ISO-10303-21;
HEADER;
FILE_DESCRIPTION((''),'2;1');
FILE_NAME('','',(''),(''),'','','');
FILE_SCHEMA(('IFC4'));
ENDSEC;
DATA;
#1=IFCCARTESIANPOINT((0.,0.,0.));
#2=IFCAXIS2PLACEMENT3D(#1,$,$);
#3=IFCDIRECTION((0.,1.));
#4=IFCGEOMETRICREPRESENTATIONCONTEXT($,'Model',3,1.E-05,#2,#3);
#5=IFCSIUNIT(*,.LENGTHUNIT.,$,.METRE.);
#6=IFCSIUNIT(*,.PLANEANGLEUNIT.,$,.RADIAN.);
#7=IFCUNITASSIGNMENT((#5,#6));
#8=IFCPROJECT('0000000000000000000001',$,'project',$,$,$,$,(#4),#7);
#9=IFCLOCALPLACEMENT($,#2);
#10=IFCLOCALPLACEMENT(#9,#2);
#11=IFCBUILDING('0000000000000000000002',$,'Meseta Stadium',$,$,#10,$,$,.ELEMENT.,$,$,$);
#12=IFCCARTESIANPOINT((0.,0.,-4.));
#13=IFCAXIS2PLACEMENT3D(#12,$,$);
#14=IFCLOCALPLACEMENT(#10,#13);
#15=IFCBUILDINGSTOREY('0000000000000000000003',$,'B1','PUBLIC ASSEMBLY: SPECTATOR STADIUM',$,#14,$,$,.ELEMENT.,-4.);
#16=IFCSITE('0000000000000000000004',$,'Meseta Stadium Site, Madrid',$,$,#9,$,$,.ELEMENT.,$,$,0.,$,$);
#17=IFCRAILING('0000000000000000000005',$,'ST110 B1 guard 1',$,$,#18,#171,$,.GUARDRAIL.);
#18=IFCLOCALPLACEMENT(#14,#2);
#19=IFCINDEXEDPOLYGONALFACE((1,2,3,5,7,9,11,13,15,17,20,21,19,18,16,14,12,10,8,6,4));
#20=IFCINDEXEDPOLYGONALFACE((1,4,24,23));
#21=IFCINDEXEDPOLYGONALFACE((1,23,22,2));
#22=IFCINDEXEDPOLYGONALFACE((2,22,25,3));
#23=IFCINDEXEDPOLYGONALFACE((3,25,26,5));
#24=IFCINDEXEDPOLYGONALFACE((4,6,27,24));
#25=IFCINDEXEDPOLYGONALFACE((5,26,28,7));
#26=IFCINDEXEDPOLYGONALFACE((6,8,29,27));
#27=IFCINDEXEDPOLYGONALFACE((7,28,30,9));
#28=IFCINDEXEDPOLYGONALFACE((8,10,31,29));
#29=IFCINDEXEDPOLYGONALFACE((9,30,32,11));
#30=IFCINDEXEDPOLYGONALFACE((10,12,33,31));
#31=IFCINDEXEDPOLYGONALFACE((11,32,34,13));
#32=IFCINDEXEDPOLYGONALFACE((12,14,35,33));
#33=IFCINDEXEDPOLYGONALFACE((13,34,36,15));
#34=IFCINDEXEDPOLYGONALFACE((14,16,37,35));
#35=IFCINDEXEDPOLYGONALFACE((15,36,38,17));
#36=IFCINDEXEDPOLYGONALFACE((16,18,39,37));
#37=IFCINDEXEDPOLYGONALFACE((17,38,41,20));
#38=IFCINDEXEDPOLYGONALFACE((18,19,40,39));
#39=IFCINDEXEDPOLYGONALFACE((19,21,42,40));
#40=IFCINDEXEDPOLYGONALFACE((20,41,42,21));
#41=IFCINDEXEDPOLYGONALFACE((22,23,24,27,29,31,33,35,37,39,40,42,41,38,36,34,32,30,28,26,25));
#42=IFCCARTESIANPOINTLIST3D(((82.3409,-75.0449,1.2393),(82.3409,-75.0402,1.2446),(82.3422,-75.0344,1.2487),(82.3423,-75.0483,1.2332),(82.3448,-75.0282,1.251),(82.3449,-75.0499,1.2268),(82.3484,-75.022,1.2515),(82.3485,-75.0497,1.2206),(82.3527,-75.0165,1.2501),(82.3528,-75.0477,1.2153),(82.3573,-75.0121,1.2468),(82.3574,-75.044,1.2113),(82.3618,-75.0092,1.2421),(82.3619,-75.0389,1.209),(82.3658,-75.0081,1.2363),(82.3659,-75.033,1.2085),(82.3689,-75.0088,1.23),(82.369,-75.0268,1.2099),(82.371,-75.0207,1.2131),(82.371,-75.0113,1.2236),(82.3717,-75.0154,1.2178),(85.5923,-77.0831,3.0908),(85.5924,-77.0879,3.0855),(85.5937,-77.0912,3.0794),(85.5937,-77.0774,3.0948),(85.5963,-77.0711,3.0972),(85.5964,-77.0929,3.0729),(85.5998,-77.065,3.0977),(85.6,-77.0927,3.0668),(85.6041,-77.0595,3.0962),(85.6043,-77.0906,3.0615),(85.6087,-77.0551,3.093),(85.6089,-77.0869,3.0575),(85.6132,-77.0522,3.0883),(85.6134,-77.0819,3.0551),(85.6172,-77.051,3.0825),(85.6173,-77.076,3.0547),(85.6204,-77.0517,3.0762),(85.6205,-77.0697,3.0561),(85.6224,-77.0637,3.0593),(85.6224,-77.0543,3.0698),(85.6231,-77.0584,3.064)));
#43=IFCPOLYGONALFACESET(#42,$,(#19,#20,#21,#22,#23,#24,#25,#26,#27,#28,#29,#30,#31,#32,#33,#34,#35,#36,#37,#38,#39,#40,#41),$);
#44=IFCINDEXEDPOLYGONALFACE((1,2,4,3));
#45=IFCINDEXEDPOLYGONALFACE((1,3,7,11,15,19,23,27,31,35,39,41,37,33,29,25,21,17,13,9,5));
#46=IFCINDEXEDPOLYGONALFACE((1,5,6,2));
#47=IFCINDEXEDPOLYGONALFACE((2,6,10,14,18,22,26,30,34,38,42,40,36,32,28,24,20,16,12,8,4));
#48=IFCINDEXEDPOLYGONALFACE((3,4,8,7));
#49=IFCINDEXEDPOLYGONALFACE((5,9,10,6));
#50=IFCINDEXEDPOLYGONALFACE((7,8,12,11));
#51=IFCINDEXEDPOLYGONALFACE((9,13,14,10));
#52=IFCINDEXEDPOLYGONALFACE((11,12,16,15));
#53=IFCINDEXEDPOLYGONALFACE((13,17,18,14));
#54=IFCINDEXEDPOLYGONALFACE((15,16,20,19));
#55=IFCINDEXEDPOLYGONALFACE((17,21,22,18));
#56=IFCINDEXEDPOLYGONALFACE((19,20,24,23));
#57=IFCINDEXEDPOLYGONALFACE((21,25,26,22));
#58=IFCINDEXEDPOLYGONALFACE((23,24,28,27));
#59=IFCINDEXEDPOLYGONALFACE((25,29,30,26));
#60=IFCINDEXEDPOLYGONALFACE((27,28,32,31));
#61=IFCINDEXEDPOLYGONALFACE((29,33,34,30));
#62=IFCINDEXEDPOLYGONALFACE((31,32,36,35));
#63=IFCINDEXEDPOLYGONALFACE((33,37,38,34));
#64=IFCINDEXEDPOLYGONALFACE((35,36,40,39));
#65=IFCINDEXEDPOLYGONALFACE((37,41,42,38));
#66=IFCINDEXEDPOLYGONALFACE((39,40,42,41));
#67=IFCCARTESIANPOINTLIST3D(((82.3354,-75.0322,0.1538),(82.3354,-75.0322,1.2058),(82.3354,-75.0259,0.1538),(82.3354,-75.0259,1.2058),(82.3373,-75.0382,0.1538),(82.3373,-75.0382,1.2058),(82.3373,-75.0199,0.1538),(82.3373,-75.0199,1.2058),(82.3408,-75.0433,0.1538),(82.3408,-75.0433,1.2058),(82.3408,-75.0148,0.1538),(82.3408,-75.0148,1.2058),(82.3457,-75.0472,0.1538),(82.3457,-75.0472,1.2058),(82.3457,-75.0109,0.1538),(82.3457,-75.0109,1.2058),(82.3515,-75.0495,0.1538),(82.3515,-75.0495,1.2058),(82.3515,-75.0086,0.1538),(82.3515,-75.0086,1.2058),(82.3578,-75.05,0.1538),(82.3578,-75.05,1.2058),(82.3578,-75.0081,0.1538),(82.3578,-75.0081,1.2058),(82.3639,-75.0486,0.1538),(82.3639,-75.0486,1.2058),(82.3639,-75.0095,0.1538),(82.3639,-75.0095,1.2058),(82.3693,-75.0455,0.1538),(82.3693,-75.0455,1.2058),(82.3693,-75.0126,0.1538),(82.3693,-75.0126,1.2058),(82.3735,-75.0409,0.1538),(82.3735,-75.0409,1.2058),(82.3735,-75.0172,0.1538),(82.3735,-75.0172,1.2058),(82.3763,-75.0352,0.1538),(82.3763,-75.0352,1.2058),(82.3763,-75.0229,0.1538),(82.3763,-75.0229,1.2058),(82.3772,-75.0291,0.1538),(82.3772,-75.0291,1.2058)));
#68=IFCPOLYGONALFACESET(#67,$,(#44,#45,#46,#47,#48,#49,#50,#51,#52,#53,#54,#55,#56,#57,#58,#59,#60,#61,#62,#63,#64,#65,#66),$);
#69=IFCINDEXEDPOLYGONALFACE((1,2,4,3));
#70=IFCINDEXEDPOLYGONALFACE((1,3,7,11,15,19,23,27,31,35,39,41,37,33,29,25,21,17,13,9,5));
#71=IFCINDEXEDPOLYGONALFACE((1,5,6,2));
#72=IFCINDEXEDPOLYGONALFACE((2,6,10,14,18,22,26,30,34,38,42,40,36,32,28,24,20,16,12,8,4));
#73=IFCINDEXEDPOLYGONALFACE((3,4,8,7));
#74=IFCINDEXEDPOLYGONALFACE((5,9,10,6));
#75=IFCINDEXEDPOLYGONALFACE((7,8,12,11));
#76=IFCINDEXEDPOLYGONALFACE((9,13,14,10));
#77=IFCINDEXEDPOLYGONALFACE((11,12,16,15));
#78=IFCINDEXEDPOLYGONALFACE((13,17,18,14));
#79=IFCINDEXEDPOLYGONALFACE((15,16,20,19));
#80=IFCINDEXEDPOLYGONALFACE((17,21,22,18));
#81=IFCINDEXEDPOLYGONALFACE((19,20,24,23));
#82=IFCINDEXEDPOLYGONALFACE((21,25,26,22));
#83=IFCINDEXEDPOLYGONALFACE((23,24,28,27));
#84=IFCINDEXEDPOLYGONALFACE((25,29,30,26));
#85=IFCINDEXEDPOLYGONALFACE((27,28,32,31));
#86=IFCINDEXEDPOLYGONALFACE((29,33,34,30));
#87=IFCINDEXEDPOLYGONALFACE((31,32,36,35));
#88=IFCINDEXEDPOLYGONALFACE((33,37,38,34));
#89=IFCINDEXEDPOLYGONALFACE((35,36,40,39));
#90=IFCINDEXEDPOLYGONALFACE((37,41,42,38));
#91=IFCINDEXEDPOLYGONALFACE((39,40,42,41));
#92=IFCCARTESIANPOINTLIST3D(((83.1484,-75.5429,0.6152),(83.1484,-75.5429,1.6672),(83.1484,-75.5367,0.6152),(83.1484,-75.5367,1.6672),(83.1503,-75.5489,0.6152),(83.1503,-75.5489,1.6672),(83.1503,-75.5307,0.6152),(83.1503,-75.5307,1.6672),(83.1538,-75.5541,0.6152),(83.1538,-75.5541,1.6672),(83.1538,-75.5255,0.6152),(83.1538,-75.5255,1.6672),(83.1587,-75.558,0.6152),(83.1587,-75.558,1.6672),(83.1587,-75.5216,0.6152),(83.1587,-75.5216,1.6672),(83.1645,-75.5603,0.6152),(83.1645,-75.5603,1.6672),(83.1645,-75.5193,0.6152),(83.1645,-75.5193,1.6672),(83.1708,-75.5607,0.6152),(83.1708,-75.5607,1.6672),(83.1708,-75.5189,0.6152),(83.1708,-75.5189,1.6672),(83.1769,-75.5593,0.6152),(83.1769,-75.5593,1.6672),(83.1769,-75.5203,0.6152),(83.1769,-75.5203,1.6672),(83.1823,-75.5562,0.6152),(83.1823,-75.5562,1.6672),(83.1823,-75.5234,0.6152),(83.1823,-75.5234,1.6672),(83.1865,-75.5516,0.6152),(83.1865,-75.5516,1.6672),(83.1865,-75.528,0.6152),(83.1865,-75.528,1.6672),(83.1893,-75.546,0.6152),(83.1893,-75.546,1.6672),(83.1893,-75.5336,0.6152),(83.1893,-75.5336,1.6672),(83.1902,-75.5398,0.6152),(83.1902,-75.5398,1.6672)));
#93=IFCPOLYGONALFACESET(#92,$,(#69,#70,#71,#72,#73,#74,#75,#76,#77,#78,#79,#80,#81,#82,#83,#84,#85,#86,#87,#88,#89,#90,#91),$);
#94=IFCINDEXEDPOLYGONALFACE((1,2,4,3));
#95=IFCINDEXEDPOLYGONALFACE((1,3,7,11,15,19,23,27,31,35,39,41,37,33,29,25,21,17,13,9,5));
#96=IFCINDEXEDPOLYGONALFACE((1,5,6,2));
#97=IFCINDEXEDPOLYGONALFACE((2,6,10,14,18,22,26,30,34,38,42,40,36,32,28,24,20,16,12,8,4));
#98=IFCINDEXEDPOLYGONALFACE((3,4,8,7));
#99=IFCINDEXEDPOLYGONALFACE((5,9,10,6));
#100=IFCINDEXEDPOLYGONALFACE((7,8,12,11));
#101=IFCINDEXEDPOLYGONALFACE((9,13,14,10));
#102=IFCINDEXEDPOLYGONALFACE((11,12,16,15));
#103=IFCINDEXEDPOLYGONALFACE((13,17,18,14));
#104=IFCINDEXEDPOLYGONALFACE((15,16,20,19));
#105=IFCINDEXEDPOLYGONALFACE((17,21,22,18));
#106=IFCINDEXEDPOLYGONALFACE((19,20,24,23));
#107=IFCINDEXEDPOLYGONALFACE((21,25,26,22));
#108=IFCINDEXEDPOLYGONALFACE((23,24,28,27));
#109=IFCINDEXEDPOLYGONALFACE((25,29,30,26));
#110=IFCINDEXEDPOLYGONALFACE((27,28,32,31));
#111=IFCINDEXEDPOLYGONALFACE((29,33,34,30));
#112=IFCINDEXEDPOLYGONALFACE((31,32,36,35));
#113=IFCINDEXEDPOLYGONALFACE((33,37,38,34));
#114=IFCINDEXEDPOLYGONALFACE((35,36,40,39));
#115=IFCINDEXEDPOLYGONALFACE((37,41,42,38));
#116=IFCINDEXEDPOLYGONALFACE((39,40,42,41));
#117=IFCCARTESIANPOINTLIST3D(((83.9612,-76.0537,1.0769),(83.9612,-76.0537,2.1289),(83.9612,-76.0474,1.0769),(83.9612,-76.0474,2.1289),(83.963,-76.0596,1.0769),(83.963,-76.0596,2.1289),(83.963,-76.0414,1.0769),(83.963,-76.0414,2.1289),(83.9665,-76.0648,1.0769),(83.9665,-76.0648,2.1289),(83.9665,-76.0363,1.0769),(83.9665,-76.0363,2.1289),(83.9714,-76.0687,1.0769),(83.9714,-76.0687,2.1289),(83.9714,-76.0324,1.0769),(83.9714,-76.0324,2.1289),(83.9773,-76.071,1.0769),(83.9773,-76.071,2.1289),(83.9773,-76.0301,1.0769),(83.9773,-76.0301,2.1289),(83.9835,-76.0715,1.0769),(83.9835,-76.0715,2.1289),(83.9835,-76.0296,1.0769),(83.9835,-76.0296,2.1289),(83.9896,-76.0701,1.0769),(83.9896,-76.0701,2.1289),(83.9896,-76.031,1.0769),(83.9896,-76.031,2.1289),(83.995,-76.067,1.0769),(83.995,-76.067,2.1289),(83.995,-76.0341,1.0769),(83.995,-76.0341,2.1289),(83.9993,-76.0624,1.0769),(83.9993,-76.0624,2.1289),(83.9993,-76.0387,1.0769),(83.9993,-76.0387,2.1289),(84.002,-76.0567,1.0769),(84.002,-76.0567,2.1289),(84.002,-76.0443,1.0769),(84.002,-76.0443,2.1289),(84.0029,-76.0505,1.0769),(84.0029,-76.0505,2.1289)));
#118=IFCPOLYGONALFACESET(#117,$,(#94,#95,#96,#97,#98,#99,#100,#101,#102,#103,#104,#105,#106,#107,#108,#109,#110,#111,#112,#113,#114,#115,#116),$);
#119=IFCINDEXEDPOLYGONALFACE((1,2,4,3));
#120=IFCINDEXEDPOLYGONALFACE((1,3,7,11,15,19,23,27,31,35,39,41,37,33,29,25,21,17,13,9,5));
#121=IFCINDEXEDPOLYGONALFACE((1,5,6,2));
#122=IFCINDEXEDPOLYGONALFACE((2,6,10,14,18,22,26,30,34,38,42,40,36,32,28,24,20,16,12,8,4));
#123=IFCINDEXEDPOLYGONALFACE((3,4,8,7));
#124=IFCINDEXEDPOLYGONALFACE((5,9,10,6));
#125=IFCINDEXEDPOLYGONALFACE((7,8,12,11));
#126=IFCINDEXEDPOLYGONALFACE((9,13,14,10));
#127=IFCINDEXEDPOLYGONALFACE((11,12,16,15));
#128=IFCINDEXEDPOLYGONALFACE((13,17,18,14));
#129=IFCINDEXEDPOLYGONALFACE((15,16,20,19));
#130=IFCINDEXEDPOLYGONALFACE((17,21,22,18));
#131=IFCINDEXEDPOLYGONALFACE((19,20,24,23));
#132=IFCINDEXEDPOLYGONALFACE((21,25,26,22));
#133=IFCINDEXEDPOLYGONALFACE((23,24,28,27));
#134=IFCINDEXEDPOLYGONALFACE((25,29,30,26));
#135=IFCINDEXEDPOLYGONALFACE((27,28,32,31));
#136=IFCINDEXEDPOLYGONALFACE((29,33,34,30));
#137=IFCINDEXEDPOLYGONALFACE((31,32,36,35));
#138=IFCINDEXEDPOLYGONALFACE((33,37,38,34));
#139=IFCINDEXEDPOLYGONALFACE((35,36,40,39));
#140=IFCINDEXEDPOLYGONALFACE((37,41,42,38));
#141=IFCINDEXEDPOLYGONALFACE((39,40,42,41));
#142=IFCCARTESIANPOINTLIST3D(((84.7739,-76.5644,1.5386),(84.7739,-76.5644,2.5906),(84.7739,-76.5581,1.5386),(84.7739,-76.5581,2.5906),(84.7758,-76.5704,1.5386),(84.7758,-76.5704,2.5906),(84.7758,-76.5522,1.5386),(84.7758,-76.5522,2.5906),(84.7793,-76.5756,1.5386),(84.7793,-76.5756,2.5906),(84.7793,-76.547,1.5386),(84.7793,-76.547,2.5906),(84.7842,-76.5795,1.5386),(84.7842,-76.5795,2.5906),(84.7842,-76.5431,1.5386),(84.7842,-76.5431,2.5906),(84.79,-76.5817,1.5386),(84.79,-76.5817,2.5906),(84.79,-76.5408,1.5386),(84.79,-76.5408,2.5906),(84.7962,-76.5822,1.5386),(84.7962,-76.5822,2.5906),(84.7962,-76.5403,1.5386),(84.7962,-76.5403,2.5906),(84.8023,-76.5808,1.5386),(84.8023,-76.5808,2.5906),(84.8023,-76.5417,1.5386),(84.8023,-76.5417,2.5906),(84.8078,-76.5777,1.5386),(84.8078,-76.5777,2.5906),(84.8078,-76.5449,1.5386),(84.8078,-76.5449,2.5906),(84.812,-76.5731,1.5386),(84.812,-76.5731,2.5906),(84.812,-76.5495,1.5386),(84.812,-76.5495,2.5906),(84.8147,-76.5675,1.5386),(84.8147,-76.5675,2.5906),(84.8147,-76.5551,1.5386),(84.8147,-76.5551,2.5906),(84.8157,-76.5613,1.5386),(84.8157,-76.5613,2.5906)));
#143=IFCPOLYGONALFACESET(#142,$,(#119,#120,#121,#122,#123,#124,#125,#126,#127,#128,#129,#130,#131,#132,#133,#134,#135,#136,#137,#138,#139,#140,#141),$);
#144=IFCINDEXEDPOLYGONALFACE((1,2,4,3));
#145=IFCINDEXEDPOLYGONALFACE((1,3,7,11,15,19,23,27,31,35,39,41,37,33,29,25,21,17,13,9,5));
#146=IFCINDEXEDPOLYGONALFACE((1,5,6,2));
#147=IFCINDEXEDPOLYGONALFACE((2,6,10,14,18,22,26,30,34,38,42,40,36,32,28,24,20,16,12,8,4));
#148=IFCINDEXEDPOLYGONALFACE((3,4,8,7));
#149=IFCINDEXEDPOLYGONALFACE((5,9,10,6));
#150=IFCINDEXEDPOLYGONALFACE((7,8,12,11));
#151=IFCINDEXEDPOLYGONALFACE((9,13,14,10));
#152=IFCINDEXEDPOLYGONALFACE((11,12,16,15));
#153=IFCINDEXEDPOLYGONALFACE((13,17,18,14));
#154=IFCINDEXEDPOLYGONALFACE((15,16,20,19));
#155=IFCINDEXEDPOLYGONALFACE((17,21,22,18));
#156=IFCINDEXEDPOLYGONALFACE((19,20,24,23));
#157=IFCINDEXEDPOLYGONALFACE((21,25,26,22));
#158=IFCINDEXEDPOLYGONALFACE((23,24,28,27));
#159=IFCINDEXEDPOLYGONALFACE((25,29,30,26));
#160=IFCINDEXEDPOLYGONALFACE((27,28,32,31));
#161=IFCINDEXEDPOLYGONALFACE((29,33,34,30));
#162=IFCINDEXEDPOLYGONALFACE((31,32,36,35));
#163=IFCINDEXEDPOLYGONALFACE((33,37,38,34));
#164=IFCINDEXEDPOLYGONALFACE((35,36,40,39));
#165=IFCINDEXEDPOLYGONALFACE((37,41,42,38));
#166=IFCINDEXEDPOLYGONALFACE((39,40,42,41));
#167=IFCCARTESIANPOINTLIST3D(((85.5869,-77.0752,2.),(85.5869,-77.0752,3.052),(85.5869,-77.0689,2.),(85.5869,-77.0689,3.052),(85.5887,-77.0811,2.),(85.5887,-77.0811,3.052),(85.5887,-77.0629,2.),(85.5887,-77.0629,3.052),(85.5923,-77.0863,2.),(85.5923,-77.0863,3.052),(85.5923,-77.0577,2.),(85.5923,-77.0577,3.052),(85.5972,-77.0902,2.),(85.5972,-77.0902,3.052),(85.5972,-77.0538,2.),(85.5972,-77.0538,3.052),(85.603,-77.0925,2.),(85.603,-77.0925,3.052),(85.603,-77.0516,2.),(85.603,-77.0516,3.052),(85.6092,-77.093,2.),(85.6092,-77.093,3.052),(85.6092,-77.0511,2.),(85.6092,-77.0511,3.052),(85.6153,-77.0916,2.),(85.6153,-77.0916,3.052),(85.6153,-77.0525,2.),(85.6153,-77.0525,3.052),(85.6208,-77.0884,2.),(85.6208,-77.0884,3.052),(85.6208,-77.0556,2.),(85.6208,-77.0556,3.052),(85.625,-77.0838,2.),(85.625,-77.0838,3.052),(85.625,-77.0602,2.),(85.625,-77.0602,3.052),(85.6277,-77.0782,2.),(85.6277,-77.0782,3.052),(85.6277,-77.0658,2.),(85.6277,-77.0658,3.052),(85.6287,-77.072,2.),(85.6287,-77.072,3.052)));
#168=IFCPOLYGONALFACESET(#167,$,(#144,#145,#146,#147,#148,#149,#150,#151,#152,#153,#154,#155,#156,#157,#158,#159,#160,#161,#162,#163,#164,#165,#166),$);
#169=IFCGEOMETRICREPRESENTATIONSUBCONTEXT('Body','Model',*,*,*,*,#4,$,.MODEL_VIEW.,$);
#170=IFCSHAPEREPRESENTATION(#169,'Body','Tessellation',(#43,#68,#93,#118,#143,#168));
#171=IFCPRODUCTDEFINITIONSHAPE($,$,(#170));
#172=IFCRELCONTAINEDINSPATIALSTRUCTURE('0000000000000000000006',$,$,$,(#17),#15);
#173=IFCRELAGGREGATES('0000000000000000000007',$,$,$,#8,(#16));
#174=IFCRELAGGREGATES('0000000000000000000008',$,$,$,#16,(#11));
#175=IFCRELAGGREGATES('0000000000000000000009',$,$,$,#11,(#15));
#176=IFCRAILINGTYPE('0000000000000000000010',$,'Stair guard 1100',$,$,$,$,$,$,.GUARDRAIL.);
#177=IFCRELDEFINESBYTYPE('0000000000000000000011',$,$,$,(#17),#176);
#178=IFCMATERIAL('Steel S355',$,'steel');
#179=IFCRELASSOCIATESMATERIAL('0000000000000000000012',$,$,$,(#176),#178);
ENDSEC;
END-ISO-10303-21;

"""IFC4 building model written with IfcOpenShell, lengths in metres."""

from ifc_helpers import new_model, si_unit, direction, frame, origin, origin_2d, place, context, subcontext, project, spatial, circle, extrude, material, type_object, element, save


model = new_model("IFC4")

# Units and contexts
model_context = context("Model", 3, precision=1e-05, world=origin(), true_north=direction((0.0, 1.0)))
body_context = subcontext(model_context, "Body", "Model", "MODEL_VIEW")
ifc_project = project(units=[si_unit("LENGTHUNIT", "METRE"), si_unit("PLANEANGLEUNIT", "RADIAN")], contexts=[model_context])

# Site, building, storey
site_placement = place(None, origin())
site = spatial("IfcSite", under=ifc_project, at=site_placement, Name="Meseta Stadium Site, Madrid", CompositionType="ELEMENT", RefElevation=0.0)
building_placement = place(site_placement, origin())
building = spatial("IfcBuilding", under=site, at=building_placement, Name="Meseta Stadium", CompositionType="ELEMENT")
storey_placement = place(building_placement, frame((0.0, 0.0, -4.0)))
storey = spatial("IfcBuildingStorey", under=building, at=storey_placement, Name="B1", Description="PUBLIC ASSEMBLY: SPECTATOR STADIUM", CompositionType="ELEMENT", Elevation=-4.0)

# Railing
ifc_material_1 = material(Name="Steel S355", Category="steel")
railing_type_1 = type_object("IfcRailingType", Name="Stair guard 1100", PredefinedType="GUARDRAIL", material=ifc_material_1)
railing_1_placement = place(storey_placement, frame((82.3562, -75.0291, 0.1538)))
element("IfcRailing", 1, at=railing_1_placement, inside=storey, type_object=railing_type_1, Name="ST110 B1 guard 1", PredefinedType="GUARDRAIL", context=body_context, shape_type="SweptSolid", body=[
    extrude(circle(Radius=0.0239, at=origin_2d()), frame((0.0, 0.0, 1.0762), z_axis=(0.763117, -0.479483, 0.4333), x_axis=(0.53202, 0.846731, 0.0)), (0.0, 0.0, 1.0), 4.2607),
    extrude(circle(Radius=0.021, at=origin_2d()), origin(), (0.0, 0.0, 1.0), 1.052),
    extrude(circle(Radius=0.021, at=origin_2d()), frame((0.813, -0.5107, 0.4614)), (0.0, 0.0, 1.0), 1.052),
    extrude(circle(Radius=0.021, at=origin_2d()), frame((1.6257, -1.0215, 0.9231)), (0.0, 0.0, 1.0), 1.052),
    extrude(circle(Radius=0.021, at=origin_2d()), frame((2.4385, -1.5322, 1.3848)), (0.0, 0.0, 1.0), 1.052),
    extrude(circle(Radius=0.021, at=origin_2d()), frame((3.2515, -2.043, 1.8462)), (0.0, 0.0, 1.0), 1.052),
])

save(model, "model.ifc")
